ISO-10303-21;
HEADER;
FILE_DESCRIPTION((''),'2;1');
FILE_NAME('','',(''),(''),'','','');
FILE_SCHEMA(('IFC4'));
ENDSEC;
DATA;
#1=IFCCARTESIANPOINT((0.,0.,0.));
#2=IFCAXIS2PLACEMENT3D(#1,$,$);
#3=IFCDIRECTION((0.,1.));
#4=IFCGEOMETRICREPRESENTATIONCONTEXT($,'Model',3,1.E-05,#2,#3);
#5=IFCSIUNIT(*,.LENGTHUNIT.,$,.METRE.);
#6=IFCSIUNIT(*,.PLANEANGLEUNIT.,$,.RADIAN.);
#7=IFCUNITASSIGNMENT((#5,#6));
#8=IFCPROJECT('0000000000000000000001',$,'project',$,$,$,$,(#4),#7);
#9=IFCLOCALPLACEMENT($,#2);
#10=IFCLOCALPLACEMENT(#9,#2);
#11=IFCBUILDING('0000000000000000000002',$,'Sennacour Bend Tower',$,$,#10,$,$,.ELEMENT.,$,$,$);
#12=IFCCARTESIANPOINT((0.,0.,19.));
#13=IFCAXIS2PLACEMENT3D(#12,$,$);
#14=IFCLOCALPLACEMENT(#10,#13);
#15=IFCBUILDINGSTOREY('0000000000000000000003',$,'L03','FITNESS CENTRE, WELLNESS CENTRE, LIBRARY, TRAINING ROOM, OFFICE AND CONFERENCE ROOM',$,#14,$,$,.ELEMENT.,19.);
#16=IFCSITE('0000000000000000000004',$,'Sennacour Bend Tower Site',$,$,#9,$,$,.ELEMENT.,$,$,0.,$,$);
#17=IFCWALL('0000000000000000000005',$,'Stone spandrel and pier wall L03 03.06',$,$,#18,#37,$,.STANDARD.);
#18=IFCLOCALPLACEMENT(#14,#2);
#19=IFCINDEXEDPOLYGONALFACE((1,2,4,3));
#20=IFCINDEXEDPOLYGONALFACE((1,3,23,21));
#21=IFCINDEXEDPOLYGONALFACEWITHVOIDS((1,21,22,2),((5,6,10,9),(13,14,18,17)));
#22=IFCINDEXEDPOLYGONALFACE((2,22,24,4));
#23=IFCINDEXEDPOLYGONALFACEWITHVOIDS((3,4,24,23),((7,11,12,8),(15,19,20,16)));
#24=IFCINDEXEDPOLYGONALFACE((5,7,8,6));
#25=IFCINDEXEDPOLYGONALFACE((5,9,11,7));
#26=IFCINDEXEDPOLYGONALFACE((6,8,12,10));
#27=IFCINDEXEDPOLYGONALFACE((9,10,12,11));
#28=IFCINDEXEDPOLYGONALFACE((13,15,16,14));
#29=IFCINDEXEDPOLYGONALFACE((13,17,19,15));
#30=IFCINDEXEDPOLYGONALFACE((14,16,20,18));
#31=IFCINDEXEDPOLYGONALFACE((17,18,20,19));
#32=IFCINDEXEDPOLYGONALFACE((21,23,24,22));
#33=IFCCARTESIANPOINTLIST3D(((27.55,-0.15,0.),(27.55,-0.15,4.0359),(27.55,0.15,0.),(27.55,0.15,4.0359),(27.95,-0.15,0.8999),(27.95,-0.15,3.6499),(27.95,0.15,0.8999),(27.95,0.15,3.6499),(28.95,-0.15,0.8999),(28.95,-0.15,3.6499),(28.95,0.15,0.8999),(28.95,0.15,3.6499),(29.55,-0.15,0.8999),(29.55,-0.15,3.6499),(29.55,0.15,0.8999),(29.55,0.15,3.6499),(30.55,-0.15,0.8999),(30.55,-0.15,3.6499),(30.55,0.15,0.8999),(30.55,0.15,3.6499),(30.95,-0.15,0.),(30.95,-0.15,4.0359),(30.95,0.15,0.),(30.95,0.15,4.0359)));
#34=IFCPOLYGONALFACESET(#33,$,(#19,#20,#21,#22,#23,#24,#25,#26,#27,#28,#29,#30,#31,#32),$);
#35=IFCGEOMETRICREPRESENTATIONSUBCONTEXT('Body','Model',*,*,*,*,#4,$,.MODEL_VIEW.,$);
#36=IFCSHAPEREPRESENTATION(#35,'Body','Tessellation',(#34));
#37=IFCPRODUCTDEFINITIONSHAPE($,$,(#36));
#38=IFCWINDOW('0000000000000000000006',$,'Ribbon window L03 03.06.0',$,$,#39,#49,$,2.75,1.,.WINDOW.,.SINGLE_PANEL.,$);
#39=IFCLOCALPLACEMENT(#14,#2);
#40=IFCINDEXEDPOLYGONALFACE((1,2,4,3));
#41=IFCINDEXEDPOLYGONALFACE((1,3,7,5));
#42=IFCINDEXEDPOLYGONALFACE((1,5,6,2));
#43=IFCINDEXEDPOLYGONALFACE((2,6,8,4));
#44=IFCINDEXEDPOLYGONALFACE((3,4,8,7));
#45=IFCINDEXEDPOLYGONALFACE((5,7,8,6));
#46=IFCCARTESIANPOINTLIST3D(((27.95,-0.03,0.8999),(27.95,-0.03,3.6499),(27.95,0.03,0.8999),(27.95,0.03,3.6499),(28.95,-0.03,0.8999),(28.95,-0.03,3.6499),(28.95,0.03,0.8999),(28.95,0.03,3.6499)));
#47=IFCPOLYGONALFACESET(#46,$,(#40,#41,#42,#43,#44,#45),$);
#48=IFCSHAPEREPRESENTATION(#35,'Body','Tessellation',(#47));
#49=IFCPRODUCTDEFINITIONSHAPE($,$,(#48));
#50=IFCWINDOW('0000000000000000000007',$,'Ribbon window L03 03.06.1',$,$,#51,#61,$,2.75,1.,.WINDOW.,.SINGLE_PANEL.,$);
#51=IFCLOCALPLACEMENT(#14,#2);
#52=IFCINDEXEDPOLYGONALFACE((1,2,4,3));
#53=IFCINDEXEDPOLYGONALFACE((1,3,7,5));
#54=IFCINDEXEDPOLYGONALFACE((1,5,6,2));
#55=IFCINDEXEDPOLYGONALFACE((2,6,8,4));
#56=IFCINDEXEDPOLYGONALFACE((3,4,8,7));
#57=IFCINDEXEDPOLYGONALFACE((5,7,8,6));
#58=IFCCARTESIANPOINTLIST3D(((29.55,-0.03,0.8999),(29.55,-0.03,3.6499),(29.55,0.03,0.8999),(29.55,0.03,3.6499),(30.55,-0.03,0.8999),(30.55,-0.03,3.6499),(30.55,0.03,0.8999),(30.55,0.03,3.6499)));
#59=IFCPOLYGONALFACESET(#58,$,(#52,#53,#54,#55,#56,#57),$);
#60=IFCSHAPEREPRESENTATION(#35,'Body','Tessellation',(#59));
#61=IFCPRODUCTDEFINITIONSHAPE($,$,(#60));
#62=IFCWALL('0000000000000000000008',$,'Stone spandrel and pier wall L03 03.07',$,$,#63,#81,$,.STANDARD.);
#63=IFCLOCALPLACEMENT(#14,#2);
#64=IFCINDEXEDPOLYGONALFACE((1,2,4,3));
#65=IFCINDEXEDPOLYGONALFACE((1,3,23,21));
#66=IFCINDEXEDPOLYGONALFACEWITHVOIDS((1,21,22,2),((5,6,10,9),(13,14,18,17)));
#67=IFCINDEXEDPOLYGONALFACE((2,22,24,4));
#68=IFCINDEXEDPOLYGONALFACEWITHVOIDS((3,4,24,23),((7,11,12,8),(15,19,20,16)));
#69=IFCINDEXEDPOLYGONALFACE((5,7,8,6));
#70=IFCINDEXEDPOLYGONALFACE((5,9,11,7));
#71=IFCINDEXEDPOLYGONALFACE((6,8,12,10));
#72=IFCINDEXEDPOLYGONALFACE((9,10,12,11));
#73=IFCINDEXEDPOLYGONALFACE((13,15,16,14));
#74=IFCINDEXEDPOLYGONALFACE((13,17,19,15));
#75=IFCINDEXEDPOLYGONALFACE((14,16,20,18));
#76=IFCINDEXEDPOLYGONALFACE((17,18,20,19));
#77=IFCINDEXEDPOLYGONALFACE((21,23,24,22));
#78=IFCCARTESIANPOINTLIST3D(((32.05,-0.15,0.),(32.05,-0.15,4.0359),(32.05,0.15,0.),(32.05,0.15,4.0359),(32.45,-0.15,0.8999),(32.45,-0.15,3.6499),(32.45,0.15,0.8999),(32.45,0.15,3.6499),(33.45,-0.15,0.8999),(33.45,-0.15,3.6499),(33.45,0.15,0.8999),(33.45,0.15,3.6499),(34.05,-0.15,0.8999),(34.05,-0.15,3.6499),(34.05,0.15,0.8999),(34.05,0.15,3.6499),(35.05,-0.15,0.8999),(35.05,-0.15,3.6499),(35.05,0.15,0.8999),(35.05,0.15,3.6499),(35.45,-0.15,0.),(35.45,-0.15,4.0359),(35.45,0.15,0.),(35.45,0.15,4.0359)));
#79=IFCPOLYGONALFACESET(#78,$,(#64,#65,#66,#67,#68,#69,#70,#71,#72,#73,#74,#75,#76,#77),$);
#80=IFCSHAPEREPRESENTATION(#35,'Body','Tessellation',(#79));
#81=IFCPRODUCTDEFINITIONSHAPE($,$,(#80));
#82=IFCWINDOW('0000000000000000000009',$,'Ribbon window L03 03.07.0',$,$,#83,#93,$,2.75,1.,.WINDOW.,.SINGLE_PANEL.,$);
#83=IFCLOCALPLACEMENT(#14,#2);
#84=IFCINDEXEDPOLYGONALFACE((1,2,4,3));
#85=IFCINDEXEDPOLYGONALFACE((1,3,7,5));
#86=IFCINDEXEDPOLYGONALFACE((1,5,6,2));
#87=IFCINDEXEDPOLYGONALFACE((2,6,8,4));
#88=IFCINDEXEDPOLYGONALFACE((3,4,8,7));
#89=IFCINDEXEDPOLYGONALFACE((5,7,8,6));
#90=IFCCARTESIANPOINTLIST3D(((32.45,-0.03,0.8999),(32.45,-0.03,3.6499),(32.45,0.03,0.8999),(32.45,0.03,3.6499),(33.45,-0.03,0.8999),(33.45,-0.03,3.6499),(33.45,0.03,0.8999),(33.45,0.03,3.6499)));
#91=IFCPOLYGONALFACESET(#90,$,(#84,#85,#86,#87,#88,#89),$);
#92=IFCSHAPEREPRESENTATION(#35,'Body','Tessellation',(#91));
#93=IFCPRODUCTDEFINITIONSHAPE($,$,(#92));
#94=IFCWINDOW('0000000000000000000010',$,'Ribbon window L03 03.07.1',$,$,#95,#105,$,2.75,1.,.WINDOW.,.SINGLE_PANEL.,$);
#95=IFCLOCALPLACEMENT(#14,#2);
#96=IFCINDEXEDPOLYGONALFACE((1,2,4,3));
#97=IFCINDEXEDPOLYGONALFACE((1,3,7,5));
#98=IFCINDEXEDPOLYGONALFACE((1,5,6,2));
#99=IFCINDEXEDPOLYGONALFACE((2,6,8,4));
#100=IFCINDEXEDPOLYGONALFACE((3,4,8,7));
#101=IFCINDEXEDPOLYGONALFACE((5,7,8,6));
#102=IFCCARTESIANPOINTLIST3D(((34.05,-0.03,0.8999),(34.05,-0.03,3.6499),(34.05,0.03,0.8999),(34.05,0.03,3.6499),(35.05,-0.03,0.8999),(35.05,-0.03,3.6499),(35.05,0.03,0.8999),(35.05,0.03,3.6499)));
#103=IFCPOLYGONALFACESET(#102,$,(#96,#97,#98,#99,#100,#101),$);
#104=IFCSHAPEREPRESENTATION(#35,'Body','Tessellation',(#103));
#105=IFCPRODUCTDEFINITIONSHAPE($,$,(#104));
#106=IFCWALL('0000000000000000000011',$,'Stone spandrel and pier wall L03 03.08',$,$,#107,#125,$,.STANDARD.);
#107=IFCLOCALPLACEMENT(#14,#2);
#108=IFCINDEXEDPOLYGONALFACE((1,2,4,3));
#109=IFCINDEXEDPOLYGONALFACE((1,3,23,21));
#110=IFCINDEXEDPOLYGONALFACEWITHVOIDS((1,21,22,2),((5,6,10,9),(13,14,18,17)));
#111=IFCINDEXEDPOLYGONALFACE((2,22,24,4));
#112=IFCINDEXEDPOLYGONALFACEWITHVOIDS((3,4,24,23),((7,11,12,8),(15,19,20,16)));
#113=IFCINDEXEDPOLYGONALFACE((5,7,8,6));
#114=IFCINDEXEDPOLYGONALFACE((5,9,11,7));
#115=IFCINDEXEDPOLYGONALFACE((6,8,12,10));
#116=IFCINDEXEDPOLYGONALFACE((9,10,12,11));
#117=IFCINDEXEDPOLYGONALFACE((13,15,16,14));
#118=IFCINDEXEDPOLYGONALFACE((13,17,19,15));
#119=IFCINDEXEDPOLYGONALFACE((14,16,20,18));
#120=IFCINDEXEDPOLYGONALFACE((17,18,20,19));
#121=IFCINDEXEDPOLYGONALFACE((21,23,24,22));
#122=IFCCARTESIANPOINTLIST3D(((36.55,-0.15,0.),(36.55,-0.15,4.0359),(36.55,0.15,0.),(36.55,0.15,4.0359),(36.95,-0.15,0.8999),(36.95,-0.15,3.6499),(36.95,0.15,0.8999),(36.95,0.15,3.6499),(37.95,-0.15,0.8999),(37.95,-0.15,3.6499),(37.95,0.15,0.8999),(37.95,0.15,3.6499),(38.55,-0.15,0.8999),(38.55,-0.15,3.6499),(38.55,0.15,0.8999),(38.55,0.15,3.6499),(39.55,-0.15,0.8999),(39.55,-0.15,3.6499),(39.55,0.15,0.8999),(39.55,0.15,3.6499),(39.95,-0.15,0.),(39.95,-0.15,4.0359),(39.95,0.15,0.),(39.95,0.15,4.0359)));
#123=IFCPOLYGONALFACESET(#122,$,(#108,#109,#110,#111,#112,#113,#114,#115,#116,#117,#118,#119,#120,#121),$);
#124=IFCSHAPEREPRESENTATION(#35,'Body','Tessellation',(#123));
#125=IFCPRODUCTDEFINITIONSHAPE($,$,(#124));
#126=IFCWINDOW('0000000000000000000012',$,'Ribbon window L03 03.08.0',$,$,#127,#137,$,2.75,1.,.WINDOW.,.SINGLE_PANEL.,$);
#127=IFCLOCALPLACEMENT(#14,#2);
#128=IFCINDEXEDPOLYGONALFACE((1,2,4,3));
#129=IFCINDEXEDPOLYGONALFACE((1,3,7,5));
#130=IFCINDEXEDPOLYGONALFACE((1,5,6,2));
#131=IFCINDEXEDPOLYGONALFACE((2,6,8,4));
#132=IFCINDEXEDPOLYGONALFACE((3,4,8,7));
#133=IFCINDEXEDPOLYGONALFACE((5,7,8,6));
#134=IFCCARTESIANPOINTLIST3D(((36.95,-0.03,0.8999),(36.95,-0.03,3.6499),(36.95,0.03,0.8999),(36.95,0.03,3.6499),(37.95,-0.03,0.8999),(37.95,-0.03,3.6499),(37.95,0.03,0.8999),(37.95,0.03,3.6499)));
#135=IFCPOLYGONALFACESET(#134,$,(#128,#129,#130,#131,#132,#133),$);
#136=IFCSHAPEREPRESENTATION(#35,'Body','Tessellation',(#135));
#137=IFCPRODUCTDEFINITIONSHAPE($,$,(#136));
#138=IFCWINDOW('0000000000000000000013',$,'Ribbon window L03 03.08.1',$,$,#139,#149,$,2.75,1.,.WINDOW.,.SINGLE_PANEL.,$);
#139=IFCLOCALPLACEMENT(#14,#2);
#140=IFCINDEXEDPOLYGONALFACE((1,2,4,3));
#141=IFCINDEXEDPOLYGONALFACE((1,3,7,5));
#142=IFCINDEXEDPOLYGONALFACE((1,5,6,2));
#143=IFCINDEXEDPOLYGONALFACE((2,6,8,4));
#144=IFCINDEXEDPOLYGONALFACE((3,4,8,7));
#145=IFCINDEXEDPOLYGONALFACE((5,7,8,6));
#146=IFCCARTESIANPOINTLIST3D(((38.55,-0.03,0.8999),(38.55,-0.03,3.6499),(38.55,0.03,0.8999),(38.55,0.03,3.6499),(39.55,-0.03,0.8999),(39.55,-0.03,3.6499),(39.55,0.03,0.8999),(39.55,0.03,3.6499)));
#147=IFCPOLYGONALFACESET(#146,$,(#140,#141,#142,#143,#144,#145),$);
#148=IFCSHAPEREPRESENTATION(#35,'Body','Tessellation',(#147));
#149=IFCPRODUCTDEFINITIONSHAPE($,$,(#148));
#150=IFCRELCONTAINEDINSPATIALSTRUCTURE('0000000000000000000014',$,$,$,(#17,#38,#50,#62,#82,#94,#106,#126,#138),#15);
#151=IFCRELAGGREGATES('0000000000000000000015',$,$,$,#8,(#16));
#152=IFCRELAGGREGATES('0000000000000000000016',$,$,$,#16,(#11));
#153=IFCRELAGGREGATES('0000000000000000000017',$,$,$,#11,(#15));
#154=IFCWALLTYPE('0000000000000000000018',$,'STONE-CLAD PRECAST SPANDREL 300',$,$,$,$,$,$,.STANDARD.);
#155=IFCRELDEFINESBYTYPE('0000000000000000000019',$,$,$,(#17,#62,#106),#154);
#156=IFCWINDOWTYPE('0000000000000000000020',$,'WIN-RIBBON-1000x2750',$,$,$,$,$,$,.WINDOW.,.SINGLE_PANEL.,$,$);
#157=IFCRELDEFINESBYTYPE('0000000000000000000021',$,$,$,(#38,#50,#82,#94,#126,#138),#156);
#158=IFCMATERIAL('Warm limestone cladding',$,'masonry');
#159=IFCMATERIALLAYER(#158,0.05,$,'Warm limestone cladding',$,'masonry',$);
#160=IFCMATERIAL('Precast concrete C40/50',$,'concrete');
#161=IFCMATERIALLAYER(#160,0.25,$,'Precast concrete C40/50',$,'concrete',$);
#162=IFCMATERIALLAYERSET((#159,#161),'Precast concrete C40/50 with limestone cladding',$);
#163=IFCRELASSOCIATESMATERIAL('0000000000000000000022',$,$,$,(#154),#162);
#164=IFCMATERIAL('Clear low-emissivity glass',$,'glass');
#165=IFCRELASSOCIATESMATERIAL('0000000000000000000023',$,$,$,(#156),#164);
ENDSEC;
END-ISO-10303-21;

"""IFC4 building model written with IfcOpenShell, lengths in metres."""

from ifc_helpers import new_model, si_unit, direction, frame, frame_2d, origin, place, context, subcontext, project, spatial, rectangle, extrude, material, layer, layer_set, type_object, element, fill, save


model = new_model("IFC4")

# Units and contexts
model_context = context("Model", 3, precision=1e-05, world=origin(), true_north=direction((0.0, 1.0)))
body_context = subcontext(model_context, "Body", "Model", "MODEL_VIEW")
ifc_project = project(units=[si_unit("LENGTHUNIT", "METRE"), si_unit("PLANEANGLEUNIT", "RADIAN")], contexts=[model_context])

# Site, building, storey
site_placement = place(None, origin())
site = spatial("IfcSite", under=ifc_project, at=site_placement, Name="Sennacour Bend Tower Site", CompositionType="ELEMENT", RefElevation=0.0)
building_placement = place(site_placement, origin())
building = spatial("IfcBuilding", under=site, at=building_placement, Name="Sennacour Bend Tower", CompositionType="ELEMENT")
storey_placement = place(building_placement, frame((0.0, 0.0, 19.0)))
storey = spatial("IfcBuildingStorey", under=building, at=storey_placement, Name="L03", Description="FITNESS CENTRE, WELLNESS CENTRE, LIBRARY, TRAINING ROOM, OFFICE AND CONFERENCE ROOM", CompositionType="ELEMENT", Elevation=19.0)

# Walls, openings, windows
ifc_material_1 = material(Name="Warm limestone cladding", Category="masonry")
ifc_layer_1 = layer(ifc_material_1, 0.05, Name="Warm limestone cladding", Category="masonry")
ifc_material_2 = material(Name="Precast concrete C40/50", Category="concrete")
ifc_layer_2 = layer(ifc_material_2, 0.25, Name="Precast concrete C40/50", Category="concrete")
ifc_layer_set_1 = layer_set([ifc_layer_1, ifc_layer_2], Name="Precast concrete C40/50 with limestone cladding")
wall_type_1 = type_object("IfcWallType", Name="STONE-CLAD PRECAST SPANDREL 300", PredefinedType="STANDARD", material=ifc_layer_set_1)
wall_1_placement = place(storey_placement, frame((27.55, 0.0, 0.0), z_axis=(0.0, 0.0, 1.0), x_axis=(1.0, 0.0, 0.0)))
wall_1 = element("IfcWall", 1, at=wall_1_placement, inside=storey, type_object=wall_type_1, Name="Stone spandrel and pier wall L03 03.06", PredefinedType="STANDARD", context=body_context, shape_type="SweptSolid", body=[
    extrude(rectangle(XDim=3.3999, YDim=0.3, at=frame_2d((1.7, 0.0))), origin(), (0.0, 0.0, 1.0), 4.0359),
])
opening_1_placement = place(wall_1_placement, frame((0.3999, 0.0, 0.8999)))
opening_1 = element("IfcOpeningElement", 2, at=opening_1_placement, cuts=wall_1, PredefinedType="OPENING", context=body_context, shape_type="SweptSolid", body=[
    extrude(rectangle(XDim=1.0, YDim=2.75, at=frame_2d((0.5, 1.375))), frame((0.0, 0.1602, 0.0), z_axis=(0.0, -1.0, 0.0), x_axis=(1.0, 0.0, 0.0)), (0.0, 0.0, 1.0), 0.3201),
])
opening_2_placement = place(wall_1_placement, frame((2.0, 0.0, 0.8999)))
opening_2 = element("IfcOpeningElement", 3, at=opening_2_placement, cuts=wall_1, PredefinedType="OPENING", context=body_context, shape_type="SweptSolid", body=[
    extrude(rectangle(XDim=1.0, YDim=2.75, at=frame_2d((0.5, 1.375))), frame((0.0, 0.1602, 0.0), z_axis=(0.0, -1.0, 0.0), x_axis=(1.0, 0.0, 0.0)), (0.0, 0.0, 1.0), 0.3201),
])
ifc_material_3 = material(Name="Clear low-emissivity glass", Category="glass")
window_type = type_object("IfcWindowType", Name="WIN-RIBBON-1000x2750", PartitioningType="SINGLE_PANEL", PredefinedType="WINDOW", material=ifc_material_3)
window_1_placement = place(opening_1_placement, origin())
window_1 = element("IfcWindow", 4, at=window_1_placement, inside=storey, type_object=window_type, Name="Ribbon window L03 03.06.0", OverallHeight=2.75, OverallWidth=1.0, PartitioningType="SINGLE_PANEL", PredefinedType="WINDOW", context=body_context, shape_type="SweptSolid", body=[
    extrude(rectangle(XDim=1.0, YDim=2.75, at=frame_2d((0.5, 1.375))), frame((0.0, 0.03, 0.0), z_axis=(0.0, -1.0, 0.0), x_axis=(1.0, 0.0, 0.0)), (0.0, 0.0, 1.0), 0.0601),
])
fill(opening_1, window_1)
window_2_placement = place(opening_2_placement, origin())
window_2 = element("IfcWindow", 5, at=window_2_placement, inside=storey, type_object=window_type, Name="Ribbon window L03 03.06.1", OverallHeight=2.75, OverallWidth=1.0, PartitioningType="SINGLE_PANEL", PredefinedType="WINDOW", context=body_context, shape_type="SweptSolid", body=[
    extrude(rectangle(XDim=1.0, YDim=2.75, at=frame_2d((0.5, 1.375))), frame((0.0, 0.03, 0.0), z_axis=(0.0, -1.0, 0.0), x_axis=(1.0, 0.0, 0.0)), (0.0, 0.0, 1.0), 0.0601),
])
fill(opening_2, window_2)
wall_2_placement = place(storey_placement, frame((32.05, 0.0, 0.0), z_axis=(0.0, 0.0, 1.0), x_axis=(1.0, 0.0, 0.0)))
wall_2 = element("IfcWall", 6, at=wall_2_placement, inside=storey, type_object=wall_type_1, Name="Stone spandrel and pier wall L03 03.07", PredefinedType="STANDARD", context=body_context, shape_type="SweptSolid", body=[
    extrude(rectangle(XDim=3.3999, YDim=0.3, at=frame_2d((1.7, 0.0))), origin(), (0.0, 0.0, 1.0), 4.0359),
])
opening_3_placement = place(wall_2_placement, frame((0.3999, 0.0, 0.8999)))
opening_3 = element("IfcOpeningElement", 7, at=opening_3_placement, cuts=wall_2, PredefinedType="OPENING", context=body_context, shape_type="SweptSolid", body=[
    extrude(rectangle(XDim=1.0, YDim=2.75, at=frame_2d((0.5, 1.375))), frame((0.0, 0.1602, 0.0), z_axis=(0.0, -1.0, 0.0), x_axis=(1.0, 0.0, 0.0)), (0.0, 0.0, 1.0), 0.3201),
])
opening_4_placement = place(wall_2_placement, frame((2.0, 0.0, 0.8999)))
opening_4 = element("IfcOpeningElement", 8, at=opening_4_placement, cuts=wall_2, PredefinedType="OPENING", context=body_context, shape_type="SweptSolid", body=[
    extrude(rectangle(XDim=1.0, YDim=2.75, at=frame_2d((0.5, 1.375))), frame((0.0, 0.1602, 0.0), z_axis=(0.0, -1.0, 0.0), x_axis=(1.0, 0.0, 0.0)), (0.0, 0.0, 1.0), 0.3201),
])
window_3_placement = place(opening_3_placement, origin())
window_3 = element("IfcWindow", 9, at=window_3_placement, inside=storey, type_object=window_type, Name="Ribbon window L03 03.07.0", OverallHeight=2.75, OverallWidth=1.0, PartitioningType="SINGLE_PANEL", PredefinedType="WINDOW", context=body_context, shape_type="SweptSolid", body=[
    extrude(rectangle(XDim=1.0, YDim=2.75, at=frame_2d((0.5, 1.375))), frame((0.0, 0.03, 0.0), z_axis=(0.0, -1.0, 0.0), x_axis=(1.0, 0.0, 0.0)), (0.0, 0.0, 1.0), 0.0601),
])
fill(opening_3, window_3)
window_4_placement = place(opening_4_placement, origin())
window_4 = element("IfcWindow", 10, at=window_4_placement, inside=storey, type_object=window_type, Name="Ribbon window L03 03.07.1", OverallHeight=2.75, OverallWidth=1.0, PartitioningType="SINGLE_PANEL", PredefinedType="WINDOW", context=body_context, shape_type="SweptSolid", body=[
    extrude(rectangle(XDim=1.0, YDim=2.75, at=frame_2d((0.5, 1.375))), frame((0.0, 0.03, 0.0), z_axis=(0.0, -1.0, 0.0), x_axis=(1.0, 0.0, 0.0)), (0.0, 0.0, 1.0), 0.0601),
])
fill(opening_4, window_4)
wall_3_placement = place(storey_placement, frame((36.55, 0.0, 0.0), z_axis=(0.0, 0.0, 1.0), x_axis=(1.0, 0.0, 0.0)))
wall_3 = element("IfcWall", 11, at=wall_3_placement, inside=storey, type_object=wall_type_1, Name="Stone spandrel and pier wall L03 03.08", PredefinedType="STANDARD", context=body_context, shape_type="SweptSolid", body=[
    extrude(rectangle(XDim=3.3999, YDim=0.3, at=frame_2d((1.7, 0.0))), origin(), (0.0, 0.0, 1.0), 4.0359),
])
opening_5_placement = place(wall_3_placement, frame((0.3999, 0.0, 0.8999)))
opening_5 = element("IfcOpeningElement", 12, at=opening_5_placement, cuts=wall_3, PredefinedType="OPENING", context=body_context, shape_type="SweptSolid", body=[
    extrude(rectangle(XDim=1.0, YDim=2.75, at=frame_2d((0.5, 1.375))), frame((0.0, 0.1602, 0.0), z_axis=(0.0, -1.0, 0.0), x_axis=(1.0, 0.0, 0.0)), (0.0, 0.0, 1.0), 0.3201),
])
opening_6_placement = place(wall_3_placement, frame((2.0, 0.0, 0.8999)))
opening_6 = element("IfcOpeningElement", 13, at=opening_6_placement, cuts=wall_3, PredefinedType="OPENING", context=body_context, shape_type="SweptSolid", body=[
    extrude(rectangle(XDim=1.0, YDim=2.75, at=frame_2d((0.5, 1.375))), frame((0.0, 0.1602, 0.0), z_axis=(0.0, -1.0, 0.0), x_axis=(1.0, 0.0, 0.0)), (0.0, 0.0, 1.0), 0.3201),
])
window_5_placement = place(opening_5_placement, origin())
window_5 = element("IfcWindow", 14, at=window_5_placement, inside=storey, type_object=window_type, Name="Ribbon window L03 03.08.0", OverallHeight=2.75, OverallWidth=1.0, PartitioningType="SINGLE_PANEL", PredefinedType="WINDOW", context=body_context, shape_type="SweptSolid", body=[
    extrude(rectangle(XDim=1.0, YDim=2.75, at=frame_2d((0.5, 1.375))), frame((0.0, 0.03, 0.0), z_axis=(0.0, -1.0, 0.0), x_axis=(1.0, 0.0, 0.0)), (0.0, 0.0, 1.0), 0.0601),
])
fill(opening_5, window_5)
window_6_placement = place(opening_6_placement, origin())
window_6 = element("IfcWindow", 15, at=window_6_placement, inside=storey, type_object=window_type, Name="Ribbon window L03 03.08.1", OverallHeight=2.75, OverallWidth=1.0, PartitioningType="SINGLE_PANEL", PredefinedType="WINDOW", context=body_context, shape_type="SweptSolid", body=[
    extrude(rectangle(XDim=1.0, YDim=2.75, at=frame_2d((0.5, 1.375))), frame((0.0, 0.03, 0.0), z_axis=(0.0, -1.0, 0.0), x_axis=(1.0, 0.0, 0.0)), (0.0, 0.0, 1.0), 0.0601),
])
fill(opening_6, window_6)

save(model, "model.ifc")
